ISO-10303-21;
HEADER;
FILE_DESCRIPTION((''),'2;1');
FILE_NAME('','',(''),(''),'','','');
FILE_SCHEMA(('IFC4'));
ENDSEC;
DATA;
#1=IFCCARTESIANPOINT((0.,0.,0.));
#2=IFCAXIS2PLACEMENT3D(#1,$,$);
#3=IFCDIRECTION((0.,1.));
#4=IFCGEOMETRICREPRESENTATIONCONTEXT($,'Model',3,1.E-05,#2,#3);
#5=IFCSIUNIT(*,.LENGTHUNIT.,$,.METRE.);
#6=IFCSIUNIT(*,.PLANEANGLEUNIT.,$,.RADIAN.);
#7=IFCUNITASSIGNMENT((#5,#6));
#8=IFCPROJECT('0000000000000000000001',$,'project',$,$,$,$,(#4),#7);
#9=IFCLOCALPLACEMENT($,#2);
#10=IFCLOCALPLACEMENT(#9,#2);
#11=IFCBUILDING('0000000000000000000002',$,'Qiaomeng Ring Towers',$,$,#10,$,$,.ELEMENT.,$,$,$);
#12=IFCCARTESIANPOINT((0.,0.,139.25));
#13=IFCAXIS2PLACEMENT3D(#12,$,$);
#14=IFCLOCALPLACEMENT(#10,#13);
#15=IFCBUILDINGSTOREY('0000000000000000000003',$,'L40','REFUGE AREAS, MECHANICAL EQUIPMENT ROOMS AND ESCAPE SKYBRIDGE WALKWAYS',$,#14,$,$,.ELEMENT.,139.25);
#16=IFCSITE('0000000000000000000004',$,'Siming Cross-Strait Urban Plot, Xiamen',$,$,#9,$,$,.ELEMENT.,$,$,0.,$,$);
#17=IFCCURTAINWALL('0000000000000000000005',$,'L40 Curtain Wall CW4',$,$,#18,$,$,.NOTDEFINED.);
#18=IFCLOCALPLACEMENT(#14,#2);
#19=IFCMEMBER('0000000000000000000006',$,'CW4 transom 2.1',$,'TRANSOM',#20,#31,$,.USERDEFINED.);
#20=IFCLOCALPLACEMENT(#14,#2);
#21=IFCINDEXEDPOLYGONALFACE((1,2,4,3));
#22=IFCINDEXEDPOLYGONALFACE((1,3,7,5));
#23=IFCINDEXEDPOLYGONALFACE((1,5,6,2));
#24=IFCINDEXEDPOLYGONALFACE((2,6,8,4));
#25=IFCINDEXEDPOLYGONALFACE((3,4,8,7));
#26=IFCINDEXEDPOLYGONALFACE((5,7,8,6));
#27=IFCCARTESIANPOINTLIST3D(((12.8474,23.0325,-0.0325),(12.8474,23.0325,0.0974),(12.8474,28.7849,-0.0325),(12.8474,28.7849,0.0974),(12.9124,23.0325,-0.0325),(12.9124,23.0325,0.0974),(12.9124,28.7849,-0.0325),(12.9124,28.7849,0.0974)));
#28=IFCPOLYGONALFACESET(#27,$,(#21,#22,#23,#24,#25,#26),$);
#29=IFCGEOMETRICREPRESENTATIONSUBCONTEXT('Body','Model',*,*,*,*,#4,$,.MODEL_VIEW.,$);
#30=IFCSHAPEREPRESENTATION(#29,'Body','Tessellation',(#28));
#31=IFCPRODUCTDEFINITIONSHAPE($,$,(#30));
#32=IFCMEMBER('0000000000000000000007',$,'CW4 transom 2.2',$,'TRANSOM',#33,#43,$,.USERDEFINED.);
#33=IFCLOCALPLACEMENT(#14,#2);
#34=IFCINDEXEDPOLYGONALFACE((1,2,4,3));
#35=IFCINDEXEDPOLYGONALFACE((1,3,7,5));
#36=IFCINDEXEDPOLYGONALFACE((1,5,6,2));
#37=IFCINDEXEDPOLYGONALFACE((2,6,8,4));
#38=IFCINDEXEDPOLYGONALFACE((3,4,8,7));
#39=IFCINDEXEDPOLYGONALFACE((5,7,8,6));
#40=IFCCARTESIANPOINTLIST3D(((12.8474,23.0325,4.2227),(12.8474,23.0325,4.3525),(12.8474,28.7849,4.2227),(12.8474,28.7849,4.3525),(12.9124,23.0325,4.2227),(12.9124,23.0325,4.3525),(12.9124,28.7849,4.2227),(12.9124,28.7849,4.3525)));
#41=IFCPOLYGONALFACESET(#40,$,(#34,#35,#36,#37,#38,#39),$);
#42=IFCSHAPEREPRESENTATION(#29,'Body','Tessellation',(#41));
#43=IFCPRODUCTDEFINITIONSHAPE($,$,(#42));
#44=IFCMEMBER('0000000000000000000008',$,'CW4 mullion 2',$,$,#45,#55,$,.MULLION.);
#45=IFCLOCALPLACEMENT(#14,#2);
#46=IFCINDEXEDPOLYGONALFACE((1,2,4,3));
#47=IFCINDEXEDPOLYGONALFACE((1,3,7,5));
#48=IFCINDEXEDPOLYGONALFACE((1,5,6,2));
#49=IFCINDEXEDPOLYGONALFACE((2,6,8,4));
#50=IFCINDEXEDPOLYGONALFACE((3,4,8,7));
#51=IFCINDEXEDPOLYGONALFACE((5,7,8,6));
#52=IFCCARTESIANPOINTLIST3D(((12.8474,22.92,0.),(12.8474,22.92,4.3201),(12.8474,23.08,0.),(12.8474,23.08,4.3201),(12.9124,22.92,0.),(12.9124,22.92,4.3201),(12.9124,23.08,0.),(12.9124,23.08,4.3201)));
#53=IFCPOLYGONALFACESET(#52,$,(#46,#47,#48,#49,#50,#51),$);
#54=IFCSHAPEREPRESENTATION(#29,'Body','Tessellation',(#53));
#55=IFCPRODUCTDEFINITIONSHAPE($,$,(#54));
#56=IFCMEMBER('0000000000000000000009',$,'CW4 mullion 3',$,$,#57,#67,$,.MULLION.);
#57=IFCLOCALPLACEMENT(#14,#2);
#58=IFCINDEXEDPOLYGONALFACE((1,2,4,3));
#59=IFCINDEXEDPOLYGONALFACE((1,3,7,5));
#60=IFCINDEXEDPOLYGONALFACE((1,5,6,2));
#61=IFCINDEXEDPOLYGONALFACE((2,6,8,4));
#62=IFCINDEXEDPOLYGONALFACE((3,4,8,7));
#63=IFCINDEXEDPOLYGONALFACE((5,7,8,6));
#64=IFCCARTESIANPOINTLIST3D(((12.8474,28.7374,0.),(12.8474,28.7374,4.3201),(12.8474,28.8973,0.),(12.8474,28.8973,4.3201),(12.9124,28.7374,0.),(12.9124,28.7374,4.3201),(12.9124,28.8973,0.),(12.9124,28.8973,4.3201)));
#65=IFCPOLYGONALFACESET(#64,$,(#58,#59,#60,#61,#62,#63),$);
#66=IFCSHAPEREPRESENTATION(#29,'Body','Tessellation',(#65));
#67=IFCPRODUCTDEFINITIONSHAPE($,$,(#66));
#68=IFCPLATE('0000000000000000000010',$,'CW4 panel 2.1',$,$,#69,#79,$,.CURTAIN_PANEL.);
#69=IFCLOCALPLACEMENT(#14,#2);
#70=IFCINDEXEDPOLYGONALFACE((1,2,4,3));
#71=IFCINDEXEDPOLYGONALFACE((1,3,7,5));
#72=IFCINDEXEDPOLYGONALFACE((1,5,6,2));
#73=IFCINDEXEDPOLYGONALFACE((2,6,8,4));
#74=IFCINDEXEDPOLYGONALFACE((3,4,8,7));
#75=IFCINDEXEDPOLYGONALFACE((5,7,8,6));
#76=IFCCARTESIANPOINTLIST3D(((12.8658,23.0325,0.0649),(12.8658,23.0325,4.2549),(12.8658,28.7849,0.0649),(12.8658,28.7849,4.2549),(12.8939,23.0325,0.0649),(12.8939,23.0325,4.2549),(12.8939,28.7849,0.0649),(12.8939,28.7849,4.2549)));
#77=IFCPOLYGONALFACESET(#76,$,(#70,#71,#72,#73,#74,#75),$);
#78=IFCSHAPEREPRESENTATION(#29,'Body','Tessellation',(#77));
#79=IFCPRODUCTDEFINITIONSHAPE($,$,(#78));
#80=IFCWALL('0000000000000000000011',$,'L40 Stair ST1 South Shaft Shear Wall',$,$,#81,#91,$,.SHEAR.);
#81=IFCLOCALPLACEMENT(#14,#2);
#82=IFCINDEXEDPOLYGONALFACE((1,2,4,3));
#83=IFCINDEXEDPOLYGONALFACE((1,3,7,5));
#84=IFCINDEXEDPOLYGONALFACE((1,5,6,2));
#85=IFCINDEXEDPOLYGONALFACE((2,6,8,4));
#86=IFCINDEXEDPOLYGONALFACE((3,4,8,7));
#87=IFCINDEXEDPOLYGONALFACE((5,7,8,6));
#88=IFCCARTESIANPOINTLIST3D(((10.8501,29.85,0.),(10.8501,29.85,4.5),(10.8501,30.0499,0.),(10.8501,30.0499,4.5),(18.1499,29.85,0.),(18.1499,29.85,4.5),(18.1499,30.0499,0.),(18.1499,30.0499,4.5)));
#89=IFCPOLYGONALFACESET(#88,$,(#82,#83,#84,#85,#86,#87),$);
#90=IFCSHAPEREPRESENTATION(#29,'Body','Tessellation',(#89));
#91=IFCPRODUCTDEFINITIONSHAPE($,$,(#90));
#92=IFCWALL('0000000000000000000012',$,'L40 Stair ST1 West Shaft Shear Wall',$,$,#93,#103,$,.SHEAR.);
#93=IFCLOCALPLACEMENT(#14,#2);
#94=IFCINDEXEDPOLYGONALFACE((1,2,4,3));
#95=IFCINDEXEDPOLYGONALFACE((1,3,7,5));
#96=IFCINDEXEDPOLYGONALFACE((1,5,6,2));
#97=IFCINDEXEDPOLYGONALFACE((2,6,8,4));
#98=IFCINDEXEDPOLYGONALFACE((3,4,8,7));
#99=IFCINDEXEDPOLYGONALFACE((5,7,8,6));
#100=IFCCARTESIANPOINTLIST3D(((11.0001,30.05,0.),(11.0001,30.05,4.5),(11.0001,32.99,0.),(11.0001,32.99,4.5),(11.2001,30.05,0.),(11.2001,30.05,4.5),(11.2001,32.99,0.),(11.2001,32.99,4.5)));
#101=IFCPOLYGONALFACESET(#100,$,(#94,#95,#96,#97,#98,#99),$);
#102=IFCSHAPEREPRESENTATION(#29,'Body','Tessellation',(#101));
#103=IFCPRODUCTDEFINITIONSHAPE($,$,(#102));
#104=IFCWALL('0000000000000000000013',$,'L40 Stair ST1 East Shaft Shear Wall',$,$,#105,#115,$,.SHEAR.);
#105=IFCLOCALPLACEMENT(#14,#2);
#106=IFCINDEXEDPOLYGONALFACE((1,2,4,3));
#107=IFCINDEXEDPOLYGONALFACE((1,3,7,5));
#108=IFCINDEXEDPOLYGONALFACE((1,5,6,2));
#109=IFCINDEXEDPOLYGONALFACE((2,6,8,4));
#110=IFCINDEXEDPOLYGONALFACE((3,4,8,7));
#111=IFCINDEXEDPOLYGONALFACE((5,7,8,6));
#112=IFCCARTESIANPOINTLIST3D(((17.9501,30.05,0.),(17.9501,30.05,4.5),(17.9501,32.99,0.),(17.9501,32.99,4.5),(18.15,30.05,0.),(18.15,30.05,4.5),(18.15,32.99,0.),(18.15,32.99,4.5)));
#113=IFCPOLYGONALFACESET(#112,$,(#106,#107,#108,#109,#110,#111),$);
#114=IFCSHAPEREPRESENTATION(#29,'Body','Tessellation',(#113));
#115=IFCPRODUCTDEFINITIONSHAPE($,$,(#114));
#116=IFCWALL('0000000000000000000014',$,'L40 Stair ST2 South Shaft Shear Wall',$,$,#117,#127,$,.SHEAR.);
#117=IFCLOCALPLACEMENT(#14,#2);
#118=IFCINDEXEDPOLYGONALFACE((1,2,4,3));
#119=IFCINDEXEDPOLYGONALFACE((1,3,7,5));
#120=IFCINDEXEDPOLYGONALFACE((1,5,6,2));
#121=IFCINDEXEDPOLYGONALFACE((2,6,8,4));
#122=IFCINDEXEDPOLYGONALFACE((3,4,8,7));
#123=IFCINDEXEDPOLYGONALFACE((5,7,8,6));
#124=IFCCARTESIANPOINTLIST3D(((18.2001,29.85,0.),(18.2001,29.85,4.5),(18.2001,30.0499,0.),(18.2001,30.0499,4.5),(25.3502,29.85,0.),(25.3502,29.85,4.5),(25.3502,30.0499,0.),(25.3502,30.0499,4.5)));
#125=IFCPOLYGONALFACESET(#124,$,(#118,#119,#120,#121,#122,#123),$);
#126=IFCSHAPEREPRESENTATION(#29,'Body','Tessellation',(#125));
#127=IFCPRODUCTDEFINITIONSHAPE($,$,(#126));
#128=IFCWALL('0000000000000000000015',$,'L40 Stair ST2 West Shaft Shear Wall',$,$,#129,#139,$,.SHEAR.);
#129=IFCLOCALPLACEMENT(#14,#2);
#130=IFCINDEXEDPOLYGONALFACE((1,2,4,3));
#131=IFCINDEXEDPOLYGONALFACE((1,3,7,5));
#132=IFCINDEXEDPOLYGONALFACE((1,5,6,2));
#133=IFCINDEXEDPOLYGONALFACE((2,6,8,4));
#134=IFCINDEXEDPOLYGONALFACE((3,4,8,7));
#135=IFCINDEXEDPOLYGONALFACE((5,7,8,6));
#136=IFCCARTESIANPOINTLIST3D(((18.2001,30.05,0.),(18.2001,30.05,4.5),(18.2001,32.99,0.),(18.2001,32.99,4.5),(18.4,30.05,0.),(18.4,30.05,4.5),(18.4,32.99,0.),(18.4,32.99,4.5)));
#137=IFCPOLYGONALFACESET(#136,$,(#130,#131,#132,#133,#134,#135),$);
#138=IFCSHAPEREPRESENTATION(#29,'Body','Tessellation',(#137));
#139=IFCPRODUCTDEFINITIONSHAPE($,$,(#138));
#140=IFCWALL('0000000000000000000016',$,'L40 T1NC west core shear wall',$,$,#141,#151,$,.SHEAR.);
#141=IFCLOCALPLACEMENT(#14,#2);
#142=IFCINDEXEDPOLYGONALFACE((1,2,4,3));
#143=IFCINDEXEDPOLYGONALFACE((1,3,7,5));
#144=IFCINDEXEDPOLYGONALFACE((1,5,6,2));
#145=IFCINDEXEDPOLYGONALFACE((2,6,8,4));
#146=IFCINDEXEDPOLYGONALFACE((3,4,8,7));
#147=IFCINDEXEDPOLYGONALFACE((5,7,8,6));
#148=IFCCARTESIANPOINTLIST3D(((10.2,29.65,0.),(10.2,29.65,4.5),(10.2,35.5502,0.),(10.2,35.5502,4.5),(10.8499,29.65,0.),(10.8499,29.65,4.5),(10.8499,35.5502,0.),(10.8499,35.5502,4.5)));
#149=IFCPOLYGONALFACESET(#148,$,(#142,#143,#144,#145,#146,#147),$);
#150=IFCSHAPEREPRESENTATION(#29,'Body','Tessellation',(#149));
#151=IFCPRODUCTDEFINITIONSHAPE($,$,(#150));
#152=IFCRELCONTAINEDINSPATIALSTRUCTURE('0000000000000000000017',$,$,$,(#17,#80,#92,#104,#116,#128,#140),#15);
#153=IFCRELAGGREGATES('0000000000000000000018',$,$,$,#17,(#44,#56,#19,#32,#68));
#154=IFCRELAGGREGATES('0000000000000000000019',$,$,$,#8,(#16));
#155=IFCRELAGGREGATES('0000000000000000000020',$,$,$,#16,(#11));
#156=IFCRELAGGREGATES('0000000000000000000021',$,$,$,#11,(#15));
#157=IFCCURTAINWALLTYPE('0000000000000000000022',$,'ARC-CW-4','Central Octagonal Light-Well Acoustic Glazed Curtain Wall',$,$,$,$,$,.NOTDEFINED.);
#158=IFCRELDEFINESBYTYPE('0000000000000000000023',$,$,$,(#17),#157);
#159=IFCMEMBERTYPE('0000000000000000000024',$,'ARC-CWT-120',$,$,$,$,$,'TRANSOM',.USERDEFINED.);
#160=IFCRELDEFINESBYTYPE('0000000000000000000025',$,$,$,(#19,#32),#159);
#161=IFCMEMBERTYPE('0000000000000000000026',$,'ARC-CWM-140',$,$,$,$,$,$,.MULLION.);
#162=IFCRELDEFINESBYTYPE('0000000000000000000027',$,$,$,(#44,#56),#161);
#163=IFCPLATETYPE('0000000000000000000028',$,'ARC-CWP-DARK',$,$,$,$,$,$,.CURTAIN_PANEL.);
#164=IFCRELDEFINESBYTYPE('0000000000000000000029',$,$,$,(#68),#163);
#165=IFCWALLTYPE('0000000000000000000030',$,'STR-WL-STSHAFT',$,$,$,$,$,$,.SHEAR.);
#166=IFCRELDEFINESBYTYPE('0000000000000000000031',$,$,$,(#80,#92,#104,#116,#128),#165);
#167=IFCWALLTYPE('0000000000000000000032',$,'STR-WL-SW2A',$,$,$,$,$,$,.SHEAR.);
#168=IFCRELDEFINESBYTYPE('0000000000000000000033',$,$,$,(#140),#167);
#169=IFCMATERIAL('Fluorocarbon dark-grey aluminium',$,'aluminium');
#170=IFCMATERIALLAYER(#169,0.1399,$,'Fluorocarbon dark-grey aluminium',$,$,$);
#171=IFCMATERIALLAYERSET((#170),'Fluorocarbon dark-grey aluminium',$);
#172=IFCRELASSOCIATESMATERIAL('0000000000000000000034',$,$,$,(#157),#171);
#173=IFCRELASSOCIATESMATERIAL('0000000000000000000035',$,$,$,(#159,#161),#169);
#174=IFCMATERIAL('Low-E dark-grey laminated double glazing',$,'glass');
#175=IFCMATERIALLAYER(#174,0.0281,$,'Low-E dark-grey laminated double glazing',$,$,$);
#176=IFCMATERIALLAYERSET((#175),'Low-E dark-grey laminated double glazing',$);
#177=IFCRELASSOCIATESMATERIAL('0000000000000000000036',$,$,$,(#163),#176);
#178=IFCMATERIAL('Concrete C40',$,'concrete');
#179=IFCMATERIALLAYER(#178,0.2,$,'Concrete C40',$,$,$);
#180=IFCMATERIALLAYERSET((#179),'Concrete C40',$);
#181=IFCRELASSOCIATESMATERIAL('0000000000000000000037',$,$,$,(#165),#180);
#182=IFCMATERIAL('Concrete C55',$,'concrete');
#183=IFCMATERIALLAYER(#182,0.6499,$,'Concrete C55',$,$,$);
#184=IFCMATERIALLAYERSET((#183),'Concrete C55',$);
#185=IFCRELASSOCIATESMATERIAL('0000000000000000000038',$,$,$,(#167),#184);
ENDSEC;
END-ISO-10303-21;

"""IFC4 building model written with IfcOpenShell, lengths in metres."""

from ifc_helpers import new_model, si_unit, direction, frame, frame_2d, origin, origin_2d, place, context, subcontext, project, spatial, rectangle, extrude, source, transform, mapped, material, layer, layer_set, material_profile, profile_set, type_object, element, aggregate, save


model = new_model("IFC4")

# Units and contexts
model_context = context("Model", 3, precision=1e-05, world=origin(), true_north=direction((0.0, 1.0)))
body_context = subcontext(model_context, "Body", "Model", "MODEL_VIEW")
ifc_project = project(units=[si_unit("LENGTHUNIT", "METRE"), si_unit("PLANEANGLEUNIT", "RADIAN")], contexts=[model_context])

# Site, building, storey
site_placement = place(None, origin())
site = spatial("IfcSite", under=ifc_project, at=site_placement, Name="Siming Cross-Strait Urban Plot, Xiamen", CompositionType="ELEMENT", RefElevation=0.0)
building_placement = place(site_placement, origin())
building = spatial("IfcBuilding", under=site, at=building_placement, Name="Qiaomeng Ring Towers", CompositionType="ELEMENT")
storey_placement = place(building_placement, frame((0.0, 0.0, 139.25)))
storey = spatial("IfcBuildingStorey", under=building, at=storey_placement, Name="L40", Description="REFUGE AREAS, MECHANICAL EQUIPMENT ROOMS AND ESCAPE SKYBRIDGE WALKWAYS", CompositionType="ELEMENT", Elevation=139.25)

# Curtain wall, members, plate
ifc_material_1 = material(Name="Fluorocarbon dark-grey aluminium", Category="aluminium")
ifc_layer_1 = layer(ifc_material_1, 0.1399, Name="Fluorocarbon dark-grey aluminium")
ifc_layer_set_1 = layer_set([ifc_layer_1], Name="Fluorocarbon dark-grey aluminium")
curtain_wall_type = type_object("IfcCurtainWallType", Name="ARC-CW-4", Description="Central Octagonal Light-Well Acoustic Glazed Curtain Wall", PredefinedType="NOTDEFINED", material=ifc_layer_set_1)
curtain_wall_placement = place(storey_placement, origin())
curtain_wall = element("IfcCurtainWall", 1, at=curtain_wall_placement, inside=storey, type_object=curtain_wall_type, Name="L40 Curtain Wall CW4", PredefinedType="NOTDEFINED")
ifc_material_profile_1 = material_profile(ifc_material_1, rectangle(XDim=0.0649, YDim=0.1299, at=origin_2d()), Name="ALU TRAN 65x130")
ifc_profile_set_1 = profile_set([ifc_material_profile_1], Name="Fluorocarbon dark-grey aluminium")
member_type_1 = type_object("IfcMemberType", Name="ARC-CWT-120", ElementType="TRANSOM", PredefinedType="USERDEFINED", material=ifc_profile_set_1)
shared_shape_1 = source(origin(), body_context, "Body", "SweptSolid", [
    extrude(rectangle(XDim=0.0649, YDim=0.1299, at=origin_2d()), origin(), (0.0, 0.0, 1.0), 5.7524),
])
member_1_placement = place(storey_placement, frame((12.8799, 23.0325, 0.0325), z_axis=(0.0, 1.0, 0.0), x_axis=(-1.0, 0.0, 0.0)))
member_1 = element("IfcMember", 2, at=member_1_placement, type_object=member_type_1, Name="CW4 transom 2.1", ObjectType="TRANSOM", PredefinedType="USERDEFINED", context=body_context, shape_type="MappedRepresentation", body=[
    mapped(shared_shape_1, transform((0.0, 0.0, 0.0), x_axis=(1.0, 0.0, 0.0), y_axis=(0.0, 1.0, 0.0), z_axis=(0.0, 0.0, 1.0), scale=1.0)),
])
member_2_placement = place(storey_placement, frame((12.8799, 23.0325, 4.2876), z_axis=(0.0, 1.0, 0.0), x_axis=(-1.0, 0.0, 0.0)))
member_2 = element("IfcMember", 3, at=member_2_placement, type_object=member_type_1, Name="CW4 transom 2.2", ObjectType="TRANSOM", PredefinedType="USERDEFINED", context=body_context, shape_type="MappedRepresentation", body=[
    mapped(shared_shape_1, transform((0.0, 0.0, 0.0), x_axis=(1.0, 0.0, 0.0), y_axis=(0.0, 1.0, 0.0), z_axis=(0.0, 0.0, 1.0), scale=1.0)),
])
ifc_material_profile_2 = material_profile(ifc_material_1, rectangle(XDim=0.0649, YDim=0.1599, at=origin_2d()), Name="ALU MULL 65x160")
ifc_profile_set_2 = profile_set([ifc_material_profile_2], Name="Fluorocarbon dark-grey aluminium")
member_type_2 = type_object("IfcMemberType", Name="ARC-CWM-140", PredefinedType="MULLION", material=ifc_profile_set_2)
shared_shape_2 = source(origin(), body_context, "Body", "SweptSolid", [
    extrude(rectangle(XDim=0.0649, YDim=0.1599, at=origin_2d()), origin(), (0.0, 0.0, 1.0), 4.3201),
])
member_3_placement = place(storey_placement, frame((12.8799, 23.0, 0.0), z_axis=(0.0, 0.0, 1.0), x_axis=(-1.0, 0.0, 0.0)))
member_3 = element("IfcMember", 4, at=member_3_placement, type_object=member_type_2, Name="CW4 mullion 2", PredefinedType="MULLION", context=body_context, shape_type="MappedRepresentation", body=[
    mapped(shared_shape_2, transform((0.0, 0.0, 0.0), x_axis=(1.0, 0.0, 0.0), y_axis=(0.0, 1.0, 0.0), z_axis=(0.0, 0.0, 1.0), scale=1.0)),
])
member_4_placement = place(storey_placement, frame((12.8799, 28.8174, 0.0), z_axis=(0.0, 0.0, 1.0), x_axis=(-1.0, 0.0, 0.0)))
member_4 = element("IfcMember", 5, at=member_4_placement, type_object=member_type_2, Name="CW4 mullion 3", PredefinedType="MULLION", context=body_context, shape_type="MappedRepresentation", body=[
    mapped(shared_shape_2, transform((0.0, 0.0, 0.0), x_axis=(1.0, 0.0, 0.0), y_axis=(0.0, 1.0, 0.0), z_axis=(0.0, 0.0, 1.0), scale=1.0)),
])
ifc_material_2 = material(Name="Low-E dark-grey laminated double glazing", Category="glass")
ifc_layer_2 = layer(ifc_material_2, 0.0281, Name="Low-E dark-grey laminated double glazing")
ifc_layer_set_2 = layer_set([ifc_layer_2], Name="Low-E dark-grey laminated double glazing")
plate_type = type_object("IfcPlateType", Name="ARC-CWP-DARK", PredefinedType="CURTAIN_PANEL", material=ifc_layer_set_2)
shared_shape_3 = source(origin(), body_context, "Body", "SweptSolid", [
    extrude(rectangle(XDim=5.7524, YDim=0.0281, at=origin_2d()), origin(), (0.0, 0.0, 1.0), 4.1899),
])
plate_placement = place(storey_placement, frame((12.8799, 25.9087, 0.0649), z_axis=(0.0, 0.0, 1.0), x_axis=(0.0, 1.0, 0.0)))
plate = element("IfcPlate", 6, at=plate_placement, type_object=plate_type, Name="CW4 panel 2.1", PredefinedType="CURTAIN_PANEL", context=body_context, shape_type="MappedRepresentation", body=[
    mapped(shared_shape_3, transform((0.0, 0.0, 0.0), x_axis=(1.0, 0.0, 0.0), y_axis=(0.0, 1.0, 0.0), z_axis=(0.0, 0.0, 1.0), scale=1.0)),
])
aggregate(curtain_wall, [member_3, member_4, member_1, member_2, plate])

# Walls
ifc_material_3 = material(Name="Concrete C40", Category="concrete")
ifc_layer_3 = layer(ifc_material_3, 0.2, Name="Concrete C40")
ifc_layer_set_3 = layer_set([ifc_layer_3], Name="Concrete C40")
wall_type_1 = type_object("IfcWallType", Name="STR-WL-STSHAFT", PredefinedType="SHEAR", material=ifc_layer_set_3)
wall_1_placement = place(storey_placement, frame((10.8501, 29.95, 0.0), z_axis=(0.0, 0.0, 1.0), x_axis=(1.0, 0.0, 0.0)))
element("IfcWall", 7, at=wall_1_placement, inside=storey, type_object=wall_type_1, Name="L40 Stair ST1 South Shaft Shear Wall", PredefinedType="SHEAR", context=body_context, shape_type="SweptSolid", body=[
    extrude(rectangle(XDim=7.2998, YDim=0.2, at=frame_2d((3.6499, 0.0))), origin(), (0.0, 0.0, 1.0), 4.5),
])
for number, where, z_axis, x_axis, name in (
    (8, (11.1001, 30.05, 0.0), (0.0, 0.0, 1.0), (0.0, 1.0, 0.0), "L40 Stair ST1 West Shaft Shear Wall"),
    (9, (18.05, 30.05, 0.0), (0.0, 0.0, 1.0), (0.0, 1.0, 0.0), "L40 Stair ST1 East Shaft Shear Wall"),
):
    element("IfcWall", number, at=place(storey_placement, frame(where, z_axis=z_axis, x_axis=x_axis)), inside=storey, type_object=wall_type_1, Name=name, PredefinedType="SHEAR", context=body_context, shape_type="SweptSolid", body=[
        extrude(rectangle(XDim=2.9399, YDim=0.2, at=frame_2d((1.47, 0.0))), origin(), (0.0, 0.0, 1.0), 4.5),
    ])
wall_2_placement = place(storey_placement, frame((18.2, 29.95, 0.0), z_axis=(0.0, 0.0, 1.0), x_axis=(1.0, 0.0, 0.0)))
element("IfcWall", 10, at=wall_2_placement, inside=storey, type_object=wall_type_1, Name="L40 Stair ST2 South Shaft Shear Wall", PredefinedType="SHEAR", context=body_context, shape_type="SweptSolid", body=[
    extrude(rectangle(XDim=7.1501, YDim=0.2, at=frame_2d((3.5752, 0.0))), origin(), (0.0, 0.0, 1.0), 4.5),
])
wall_3_placement = place(storey_placement, frame((18.3, 30.05, 0.0), z_axis=(0.0, 0.0, 1.0), x_axis=(0.0, 1.0, 0.0)))
element("IfcWall", 11, at=wall_3_placement, inside=storey, type_object=wall_type_1, Name="L40 Stair ST2 West Shaft Shear Wall", PredefinedType="SHEAR", context=body_context, shape_type="SweptSolid", body=[
    extrude(rectangle(XDim=2.9399, YDim=0.2, at=frame_2d((1.47, 0.0))), origin(), (0.0, 0.0, 1.0), 4.5),
])
ifc_material_4 = material(Name="Concrete C55", Category="concrete")
ifc_layer_4 = layer(ifc_material_4, 0.6499, Name="Concrete C55")
ifc_layer_set_4 = layer_set([ifc_layer_4], Name="Concrete C55")
wall_type_2 = type_object("IfcWallType", Name="STR-WL-SW2A", PredefinedType="SHEAR", material=ifc_layer_set_4)
wall_4_placement = place(storey_placement, frame((10.5249, 29.6499, 0.0), z_axis=(0.0, 0.0, 1.0), x_axis=(0.0, 1.0, 0.0)))
element("IfcWall", 12, at=wall_4_placement, inside=storey, type_object=wall_type_2, Name="L40 T1NC west core shear wall", PredefinedType="SHEAR", context=body_context, shape_type="SweptSolid", body=[
    extrude(rectangle(XDim=5.9001, YDim=0.6499, at=frame_2d((2.9502, 0.0))), origin(), (0.0, 0.0, 1.0), 4.5),
])

save(model, "model.ifc")
